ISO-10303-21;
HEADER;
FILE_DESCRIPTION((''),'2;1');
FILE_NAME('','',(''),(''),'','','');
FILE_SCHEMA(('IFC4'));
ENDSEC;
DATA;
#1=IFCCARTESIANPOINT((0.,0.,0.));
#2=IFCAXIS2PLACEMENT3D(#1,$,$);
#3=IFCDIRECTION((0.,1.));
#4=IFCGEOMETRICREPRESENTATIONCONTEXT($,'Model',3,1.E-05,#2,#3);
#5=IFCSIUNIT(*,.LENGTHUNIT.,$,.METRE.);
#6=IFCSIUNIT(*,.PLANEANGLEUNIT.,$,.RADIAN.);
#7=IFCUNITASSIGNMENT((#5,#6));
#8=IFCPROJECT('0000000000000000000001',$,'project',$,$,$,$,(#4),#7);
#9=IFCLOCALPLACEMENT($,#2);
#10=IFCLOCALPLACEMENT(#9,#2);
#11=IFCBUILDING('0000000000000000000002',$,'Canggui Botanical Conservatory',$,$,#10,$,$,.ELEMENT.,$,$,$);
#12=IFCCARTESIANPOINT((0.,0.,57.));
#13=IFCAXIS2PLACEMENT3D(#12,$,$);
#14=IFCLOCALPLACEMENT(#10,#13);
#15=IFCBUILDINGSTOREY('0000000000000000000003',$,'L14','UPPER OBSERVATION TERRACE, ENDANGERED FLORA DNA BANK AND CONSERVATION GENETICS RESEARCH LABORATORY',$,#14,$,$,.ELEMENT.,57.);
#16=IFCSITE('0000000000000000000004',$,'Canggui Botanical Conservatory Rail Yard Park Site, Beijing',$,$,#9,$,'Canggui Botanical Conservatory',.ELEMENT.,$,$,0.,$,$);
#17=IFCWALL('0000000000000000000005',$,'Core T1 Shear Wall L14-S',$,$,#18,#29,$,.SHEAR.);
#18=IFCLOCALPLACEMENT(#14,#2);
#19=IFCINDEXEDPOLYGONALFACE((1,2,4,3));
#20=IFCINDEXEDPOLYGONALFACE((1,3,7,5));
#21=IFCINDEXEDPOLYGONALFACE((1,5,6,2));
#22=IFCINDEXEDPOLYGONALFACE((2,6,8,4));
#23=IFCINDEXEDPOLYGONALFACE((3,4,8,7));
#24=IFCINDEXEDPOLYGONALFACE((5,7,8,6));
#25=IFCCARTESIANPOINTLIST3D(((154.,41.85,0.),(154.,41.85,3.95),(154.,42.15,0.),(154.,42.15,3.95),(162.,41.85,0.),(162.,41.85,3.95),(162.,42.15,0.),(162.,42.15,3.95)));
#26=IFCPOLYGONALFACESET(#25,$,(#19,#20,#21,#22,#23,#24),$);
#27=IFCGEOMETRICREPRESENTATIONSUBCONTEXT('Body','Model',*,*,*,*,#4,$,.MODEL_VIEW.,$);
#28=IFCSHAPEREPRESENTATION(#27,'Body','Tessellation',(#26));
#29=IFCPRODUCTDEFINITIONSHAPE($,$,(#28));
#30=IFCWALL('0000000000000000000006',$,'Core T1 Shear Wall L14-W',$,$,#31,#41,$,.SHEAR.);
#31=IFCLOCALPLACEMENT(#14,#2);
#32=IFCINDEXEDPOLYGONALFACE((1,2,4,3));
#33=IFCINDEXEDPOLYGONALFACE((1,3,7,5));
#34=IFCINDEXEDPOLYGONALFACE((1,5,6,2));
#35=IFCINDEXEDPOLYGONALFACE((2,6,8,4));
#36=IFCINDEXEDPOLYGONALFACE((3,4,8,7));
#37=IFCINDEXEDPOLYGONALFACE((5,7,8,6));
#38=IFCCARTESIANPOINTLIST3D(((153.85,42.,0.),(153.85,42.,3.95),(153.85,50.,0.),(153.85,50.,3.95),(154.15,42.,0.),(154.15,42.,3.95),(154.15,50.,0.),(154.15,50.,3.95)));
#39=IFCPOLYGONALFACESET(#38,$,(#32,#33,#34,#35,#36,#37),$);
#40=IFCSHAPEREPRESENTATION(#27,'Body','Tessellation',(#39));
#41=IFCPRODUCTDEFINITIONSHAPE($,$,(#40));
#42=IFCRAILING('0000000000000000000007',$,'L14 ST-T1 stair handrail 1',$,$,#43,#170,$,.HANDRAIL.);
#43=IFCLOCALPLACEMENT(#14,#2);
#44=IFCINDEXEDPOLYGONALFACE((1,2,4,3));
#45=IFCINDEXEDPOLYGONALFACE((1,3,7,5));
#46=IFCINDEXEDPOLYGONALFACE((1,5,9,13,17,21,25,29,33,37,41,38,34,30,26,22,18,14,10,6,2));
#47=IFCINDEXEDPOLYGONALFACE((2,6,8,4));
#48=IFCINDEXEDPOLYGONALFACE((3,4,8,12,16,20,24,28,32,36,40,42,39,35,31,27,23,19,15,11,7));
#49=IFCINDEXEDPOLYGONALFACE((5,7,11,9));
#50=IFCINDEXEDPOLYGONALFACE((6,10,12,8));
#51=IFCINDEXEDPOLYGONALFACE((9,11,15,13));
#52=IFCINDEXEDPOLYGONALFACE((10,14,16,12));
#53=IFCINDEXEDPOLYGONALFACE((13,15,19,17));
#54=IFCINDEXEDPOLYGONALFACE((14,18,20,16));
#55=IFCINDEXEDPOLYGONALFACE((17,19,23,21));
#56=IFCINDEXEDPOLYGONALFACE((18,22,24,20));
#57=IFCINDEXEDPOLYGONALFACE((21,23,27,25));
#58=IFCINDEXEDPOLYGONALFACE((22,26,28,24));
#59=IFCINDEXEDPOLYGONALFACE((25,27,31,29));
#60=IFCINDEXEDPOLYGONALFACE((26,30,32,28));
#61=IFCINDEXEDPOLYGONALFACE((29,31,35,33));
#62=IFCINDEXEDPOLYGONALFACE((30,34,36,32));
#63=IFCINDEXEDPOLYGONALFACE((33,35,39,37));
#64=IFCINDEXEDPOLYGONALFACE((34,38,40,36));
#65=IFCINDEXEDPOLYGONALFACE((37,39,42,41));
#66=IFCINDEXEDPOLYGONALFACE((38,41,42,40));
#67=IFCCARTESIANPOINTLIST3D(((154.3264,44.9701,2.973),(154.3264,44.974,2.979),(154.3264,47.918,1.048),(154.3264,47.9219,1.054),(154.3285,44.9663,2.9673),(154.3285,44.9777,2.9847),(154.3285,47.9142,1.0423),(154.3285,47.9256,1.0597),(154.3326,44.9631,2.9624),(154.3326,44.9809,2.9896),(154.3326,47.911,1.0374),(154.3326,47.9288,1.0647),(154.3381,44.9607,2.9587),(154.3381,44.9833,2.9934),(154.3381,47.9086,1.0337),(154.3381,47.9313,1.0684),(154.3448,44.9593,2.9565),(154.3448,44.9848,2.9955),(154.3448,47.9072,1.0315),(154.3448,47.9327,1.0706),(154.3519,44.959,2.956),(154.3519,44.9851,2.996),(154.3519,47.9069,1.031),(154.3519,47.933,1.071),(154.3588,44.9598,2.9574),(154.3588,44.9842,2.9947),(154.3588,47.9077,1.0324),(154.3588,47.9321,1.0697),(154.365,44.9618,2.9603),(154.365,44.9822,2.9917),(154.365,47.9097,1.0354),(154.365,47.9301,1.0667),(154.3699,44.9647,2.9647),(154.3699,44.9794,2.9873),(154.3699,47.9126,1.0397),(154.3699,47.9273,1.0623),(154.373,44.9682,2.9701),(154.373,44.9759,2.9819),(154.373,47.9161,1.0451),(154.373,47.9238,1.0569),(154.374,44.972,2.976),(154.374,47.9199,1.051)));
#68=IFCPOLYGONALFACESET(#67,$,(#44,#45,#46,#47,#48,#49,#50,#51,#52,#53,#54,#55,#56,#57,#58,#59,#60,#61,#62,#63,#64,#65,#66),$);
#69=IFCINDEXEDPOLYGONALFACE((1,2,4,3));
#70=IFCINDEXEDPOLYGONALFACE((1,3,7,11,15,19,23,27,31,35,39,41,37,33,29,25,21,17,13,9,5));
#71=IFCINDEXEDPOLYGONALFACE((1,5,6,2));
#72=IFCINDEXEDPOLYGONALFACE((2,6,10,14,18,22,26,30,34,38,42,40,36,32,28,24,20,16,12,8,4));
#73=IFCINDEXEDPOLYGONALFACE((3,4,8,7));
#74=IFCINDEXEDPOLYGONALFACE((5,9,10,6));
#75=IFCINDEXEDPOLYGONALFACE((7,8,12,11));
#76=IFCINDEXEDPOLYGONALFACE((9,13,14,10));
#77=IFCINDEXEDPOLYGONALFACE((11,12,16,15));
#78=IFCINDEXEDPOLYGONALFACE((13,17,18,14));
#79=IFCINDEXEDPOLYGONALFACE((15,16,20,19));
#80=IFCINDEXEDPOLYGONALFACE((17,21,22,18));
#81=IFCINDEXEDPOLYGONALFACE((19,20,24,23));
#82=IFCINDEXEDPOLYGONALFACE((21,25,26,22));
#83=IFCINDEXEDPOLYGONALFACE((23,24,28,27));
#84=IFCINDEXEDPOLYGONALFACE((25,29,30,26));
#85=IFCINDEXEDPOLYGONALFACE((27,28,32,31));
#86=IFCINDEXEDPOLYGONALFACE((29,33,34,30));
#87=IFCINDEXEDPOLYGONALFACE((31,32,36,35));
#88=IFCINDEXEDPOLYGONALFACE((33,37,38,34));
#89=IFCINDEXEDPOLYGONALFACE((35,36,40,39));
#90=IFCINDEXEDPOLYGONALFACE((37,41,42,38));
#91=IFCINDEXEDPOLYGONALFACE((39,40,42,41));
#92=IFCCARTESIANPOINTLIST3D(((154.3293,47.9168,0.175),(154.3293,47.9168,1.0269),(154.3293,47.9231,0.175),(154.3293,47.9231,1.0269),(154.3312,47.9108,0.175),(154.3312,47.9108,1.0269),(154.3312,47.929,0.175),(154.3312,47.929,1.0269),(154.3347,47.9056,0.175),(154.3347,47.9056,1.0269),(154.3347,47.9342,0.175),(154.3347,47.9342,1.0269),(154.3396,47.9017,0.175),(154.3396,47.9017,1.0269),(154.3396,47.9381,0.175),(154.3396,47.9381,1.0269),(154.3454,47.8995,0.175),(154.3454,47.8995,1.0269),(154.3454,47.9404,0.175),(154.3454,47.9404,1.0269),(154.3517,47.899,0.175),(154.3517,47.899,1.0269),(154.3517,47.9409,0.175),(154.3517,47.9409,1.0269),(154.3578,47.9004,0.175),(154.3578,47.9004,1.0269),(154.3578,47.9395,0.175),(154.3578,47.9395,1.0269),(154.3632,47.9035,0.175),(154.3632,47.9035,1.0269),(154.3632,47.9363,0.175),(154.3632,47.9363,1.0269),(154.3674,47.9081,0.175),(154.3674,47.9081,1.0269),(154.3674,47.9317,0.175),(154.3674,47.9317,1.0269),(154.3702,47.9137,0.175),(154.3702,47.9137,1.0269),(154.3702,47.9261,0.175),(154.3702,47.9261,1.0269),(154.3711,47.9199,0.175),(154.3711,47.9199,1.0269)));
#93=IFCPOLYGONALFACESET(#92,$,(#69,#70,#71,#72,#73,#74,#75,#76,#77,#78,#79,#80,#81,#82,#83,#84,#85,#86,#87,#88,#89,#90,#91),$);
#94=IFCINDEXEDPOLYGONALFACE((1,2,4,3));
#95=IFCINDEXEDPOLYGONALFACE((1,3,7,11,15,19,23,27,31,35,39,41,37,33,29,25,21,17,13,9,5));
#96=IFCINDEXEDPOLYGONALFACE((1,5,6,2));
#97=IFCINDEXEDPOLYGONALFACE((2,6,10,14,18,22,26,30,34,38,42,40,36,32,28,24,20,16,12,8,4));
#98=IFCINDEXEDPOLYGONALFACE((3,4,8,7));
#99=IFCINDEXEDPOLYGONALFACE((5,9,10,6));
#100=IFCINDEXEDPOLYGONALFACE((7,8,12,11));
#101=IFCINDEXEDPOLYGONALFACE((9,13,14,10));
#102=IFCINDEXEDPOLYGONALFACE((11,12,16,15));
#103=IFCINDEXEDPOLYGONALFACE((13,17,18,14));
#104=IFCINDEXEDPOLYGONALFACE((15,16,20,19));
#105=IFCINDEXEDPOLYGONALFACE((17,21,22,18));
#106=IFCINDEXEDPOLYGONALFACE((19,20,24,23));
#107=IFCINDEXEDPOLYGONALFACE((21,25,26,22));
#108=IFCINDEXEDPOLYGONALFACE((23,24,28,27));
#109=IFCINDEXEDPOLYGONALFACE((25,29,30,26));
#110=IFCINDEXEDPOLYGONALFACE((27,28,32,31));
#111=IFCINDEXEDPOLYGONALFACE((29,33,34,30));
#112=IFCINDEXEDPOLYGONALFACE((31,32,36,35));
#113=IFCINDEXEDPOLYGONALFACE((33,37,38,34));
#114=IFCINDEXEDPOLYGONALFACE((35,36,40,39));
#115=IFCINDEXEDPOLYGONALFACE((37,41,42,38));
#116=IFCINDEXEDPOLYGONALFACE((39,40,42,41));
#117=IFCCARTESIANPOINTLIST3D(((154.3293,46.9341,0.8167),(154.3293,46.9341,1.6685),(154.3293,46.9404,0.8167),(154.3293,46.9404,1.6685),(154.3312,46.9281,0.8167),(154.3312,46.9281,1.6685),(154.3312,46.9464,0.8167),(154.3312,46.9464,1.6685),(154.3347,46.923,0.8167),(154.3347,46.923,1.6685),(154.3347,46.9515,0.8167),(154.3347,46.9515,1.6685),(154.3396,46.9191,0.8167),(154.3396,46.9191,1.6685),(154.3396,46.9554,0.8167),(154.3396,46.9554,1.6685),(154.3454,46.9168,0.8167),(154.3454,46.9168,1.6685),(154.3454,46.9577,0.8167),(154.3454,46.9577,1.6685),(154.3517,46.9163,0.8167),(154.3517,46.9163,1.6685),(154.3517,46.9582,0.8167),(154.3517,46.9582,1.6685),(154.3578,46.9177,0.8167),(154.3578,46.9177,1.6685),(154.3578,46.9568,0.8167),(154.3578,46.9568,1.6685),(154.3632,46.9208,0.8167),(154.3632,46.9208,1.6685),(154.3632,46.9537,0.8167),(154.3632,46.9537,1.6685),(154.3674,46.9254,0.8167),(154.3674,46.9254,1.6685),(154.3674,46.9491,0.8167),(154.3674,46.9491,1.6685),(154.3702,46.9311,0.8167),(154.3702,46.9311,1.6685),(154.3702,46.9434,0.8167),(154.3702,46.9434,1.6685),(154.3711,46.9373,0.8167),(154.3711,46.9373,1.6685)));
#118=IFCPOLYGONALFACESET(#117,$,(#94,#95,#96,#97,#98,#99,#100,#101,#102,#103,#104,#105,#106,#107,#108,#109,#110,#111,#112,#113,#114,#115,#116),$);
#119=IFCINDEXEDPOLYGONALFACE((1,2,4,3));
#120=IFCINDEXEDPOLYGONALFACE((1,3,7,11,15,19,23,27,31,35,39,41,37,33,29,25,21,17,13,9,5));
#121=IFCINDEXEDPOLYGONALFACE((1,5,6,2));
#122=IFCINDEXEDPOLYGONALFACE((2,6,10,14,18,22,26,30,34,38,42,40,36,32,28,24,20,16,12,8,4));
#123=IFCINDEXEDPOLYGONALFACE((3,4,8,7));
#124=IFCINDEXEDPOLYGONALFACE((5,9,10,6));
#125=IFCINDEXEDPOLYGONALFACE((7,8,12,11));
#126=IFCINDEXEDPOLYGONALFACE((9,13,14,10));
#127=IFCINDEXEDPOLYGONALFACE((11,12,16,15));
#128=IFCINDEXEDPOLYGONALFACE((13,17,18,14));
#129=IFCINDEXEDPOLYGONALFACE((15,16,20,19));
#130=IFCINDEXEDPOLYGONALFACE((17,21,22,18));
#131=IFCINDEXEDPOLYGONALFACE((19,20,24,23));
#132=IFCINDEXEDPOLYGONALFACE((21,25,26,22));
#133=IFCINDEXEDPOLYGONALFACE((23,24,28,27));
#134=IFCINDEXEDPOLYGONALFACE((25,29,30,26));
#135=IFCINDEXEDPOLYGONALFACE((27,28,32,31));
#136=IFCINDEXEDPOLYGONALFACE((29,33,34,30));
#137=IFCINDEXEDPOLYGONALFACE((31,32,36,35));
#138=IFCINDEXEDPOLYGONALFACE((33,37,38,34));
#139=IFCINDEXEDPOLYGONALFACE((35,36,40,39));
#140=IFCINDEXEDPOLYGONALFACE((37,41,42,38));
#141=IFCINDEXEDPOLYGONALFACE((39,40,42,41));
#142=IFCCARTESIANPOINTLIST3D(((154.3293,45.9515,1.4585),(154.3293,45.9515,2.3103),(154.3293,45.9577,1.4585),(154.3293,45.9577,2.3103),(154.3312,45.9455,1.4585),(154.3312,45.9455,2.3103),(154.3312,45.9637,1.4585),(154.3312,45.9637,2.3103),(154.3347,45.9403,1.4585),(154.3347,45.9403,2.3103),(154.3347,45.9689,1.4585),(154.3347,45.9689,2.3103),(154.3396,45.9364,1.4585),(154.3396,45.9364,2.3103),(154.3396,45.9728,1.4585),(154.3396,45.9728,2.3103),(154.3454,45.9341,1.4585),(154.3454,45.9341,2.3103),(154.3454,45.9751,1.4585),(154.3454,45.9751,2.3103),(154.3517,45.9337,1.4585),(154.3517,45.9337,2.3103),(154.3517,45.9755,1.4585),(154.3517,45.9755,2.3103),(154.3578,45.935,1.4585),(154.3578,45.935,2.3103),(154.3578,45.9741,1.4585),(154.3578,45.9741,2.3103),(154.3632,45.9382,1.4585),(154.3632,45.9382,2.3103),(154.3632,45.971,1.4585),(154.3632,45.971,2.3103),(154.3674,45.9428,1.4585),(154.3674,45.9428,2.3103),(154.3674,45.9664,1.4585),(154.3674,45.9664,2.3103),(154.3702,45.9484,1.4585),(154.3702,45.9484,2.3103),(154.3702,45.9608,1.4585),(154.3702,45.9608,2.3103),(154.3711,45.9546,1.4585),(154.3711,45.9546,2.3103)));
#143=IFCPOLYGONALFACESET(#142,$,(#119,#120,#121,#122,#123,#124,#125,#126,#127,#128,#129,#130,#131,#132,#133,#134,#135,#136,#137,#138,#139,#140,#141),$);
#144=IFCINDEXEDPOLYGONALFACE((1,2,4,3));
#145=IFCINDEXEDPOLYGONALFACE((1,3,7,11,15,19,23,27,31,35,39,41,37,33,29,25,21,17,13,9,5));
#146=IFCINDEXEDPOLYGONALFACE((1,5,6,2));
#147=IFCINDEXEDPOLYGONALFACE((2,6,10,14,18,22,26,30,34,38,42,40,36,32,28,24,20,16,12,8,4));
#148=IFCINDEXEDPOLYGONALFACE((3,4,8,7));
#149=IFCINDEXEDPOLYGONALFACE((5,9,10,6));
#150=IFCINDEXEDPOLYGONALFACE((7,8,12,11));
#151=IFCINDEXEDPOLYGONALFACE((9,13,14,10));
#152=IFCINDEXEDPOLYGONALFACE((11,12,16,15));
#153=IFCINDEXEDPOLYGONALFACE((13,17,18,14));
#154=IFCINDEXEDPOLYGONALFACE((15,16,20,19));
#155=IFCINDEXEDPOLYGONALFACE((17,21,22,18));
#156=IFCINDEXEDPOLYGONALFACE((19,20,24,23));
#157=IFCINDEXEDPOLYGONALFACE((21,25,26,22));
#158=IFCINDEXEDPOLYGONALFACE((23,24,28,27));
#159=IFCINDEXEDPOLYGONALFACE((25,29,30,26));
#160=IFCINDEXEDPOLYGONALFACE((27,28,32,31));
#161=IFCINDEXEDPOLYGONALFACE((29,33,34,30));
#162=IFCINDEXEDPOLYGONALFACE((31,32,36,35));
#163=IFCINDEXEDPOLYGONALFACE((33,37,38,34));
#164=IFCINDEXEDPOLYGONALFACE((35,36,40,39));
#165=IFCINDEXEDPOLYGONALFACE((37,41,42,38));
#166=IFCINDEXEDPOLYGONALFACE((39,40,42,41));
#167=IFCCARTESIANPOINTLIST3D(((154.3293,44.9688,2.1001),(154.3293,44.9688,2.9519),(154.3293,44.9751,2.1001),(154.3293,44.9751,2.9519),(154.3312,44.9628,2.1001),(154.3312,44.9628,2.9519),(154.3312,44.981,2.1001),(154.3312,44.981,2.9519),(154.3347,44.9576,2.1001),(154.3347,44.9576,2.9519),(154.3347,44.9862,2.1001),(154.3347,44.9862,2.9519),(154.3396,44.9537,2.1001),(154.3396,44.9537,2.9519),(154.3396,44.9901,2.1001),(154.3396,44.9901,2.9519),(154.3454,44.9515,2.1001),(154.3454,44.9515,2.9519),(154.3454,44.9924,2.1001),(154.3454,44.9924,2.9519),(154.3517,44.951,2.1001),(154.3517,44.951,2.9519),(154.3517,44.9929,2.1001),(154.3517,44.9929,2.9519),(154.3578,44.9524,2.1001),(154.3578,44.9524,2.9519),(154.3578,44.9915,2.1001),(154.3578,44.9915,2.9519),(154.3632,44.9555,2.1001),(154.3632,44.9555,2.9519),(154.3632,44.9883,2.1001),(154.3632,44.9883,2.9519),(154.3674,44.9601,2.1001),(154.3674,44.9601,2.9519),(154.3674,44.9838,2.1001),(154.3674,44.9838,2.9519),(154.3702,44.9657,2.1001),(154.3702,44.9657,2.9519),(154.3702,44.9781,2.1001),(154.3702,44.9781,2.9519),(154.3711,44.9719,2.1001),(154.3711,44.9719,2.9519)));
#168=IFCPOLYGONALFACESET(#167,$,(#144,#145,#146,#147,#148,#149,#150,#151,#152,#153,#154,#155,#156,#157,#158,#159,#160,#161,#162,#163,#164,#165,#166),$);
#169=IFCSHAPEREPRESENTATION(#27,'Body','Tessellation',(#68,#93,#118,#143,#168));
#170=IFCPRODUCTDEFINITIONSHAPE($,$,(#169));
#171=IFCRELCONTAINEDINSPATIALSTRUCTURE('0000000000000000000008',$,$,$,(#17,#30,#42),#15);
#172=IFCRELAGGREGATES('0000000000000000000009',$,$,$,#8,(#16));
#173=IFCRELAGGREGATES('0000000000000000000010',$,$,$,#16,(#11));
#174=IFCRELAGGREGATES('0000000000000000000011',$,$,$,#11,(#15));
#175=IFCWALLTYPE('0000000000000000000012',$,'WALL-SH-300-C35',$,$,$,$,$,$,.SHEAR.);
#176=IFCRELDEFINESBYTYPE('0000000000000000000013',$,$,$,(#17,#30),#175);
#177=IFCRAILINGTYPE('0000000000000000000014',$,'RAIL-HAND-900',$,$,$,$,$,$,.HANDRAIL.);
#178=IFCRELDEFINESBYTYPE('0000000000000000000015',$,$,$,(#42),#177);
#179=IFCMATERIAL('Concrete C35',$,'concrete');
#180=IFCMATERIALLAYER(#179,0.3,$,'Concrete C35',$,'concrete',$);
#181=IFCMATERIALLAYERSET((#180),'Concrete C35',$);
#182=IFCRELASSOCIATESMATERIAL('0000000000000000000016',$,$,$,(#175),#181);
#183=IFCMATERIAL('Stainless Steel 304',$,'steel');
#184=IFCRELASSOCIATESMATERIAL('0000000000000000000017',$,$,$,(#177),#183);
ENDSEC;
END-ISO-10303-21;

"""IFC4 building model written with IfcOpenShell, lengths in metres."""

from ifc_helpers import new_model, si_unit, direction, frame, frame_2d, origin, origin_2d, place, context, subcontext, project, spatial, rectangle, circle, extrude, material, layer, layer_set, type_object, element, save


model = new_model("IFC4")

# Units and contexts
model_context = context("Model", 3, precision=1e-05, world=origin(), true_north=direction((0.0, 1.0)))
body_context = subcontext(model_context, "Body", "Model", "MODEL_VIEW")
ifc_project = project(units=[si_unit("LENGTHUNIT", "METRE"), si_unit("PLANEANGLEUNIT", "RADIAN")], contexts=[model_context])

# Site, building, storey
site_placement = place(None, origin())
site = spatial("IfcSite", under=ifc_project, at=site_placement, Name="Canggui Botanical Conservatory Rail Yard Park Site, Beijing", LongName="Canggui Botanical Conservatory", CompositionType="ELEMENT", RefElevation=0.0)
building_placement = place(site_placement, origin())
building = spatial("IfcBuilding", under=site, at=building_placement, Name="Canggui Botanical Conservatory", CompositionType="ELEMENT")
storey_placement = place(building_placement, frame((0.0, 0.0, 57.0)))
storey = spatial("IfcBuildingStorey", under=building, at=storey_placement, Name="L14", Description="UPPER OBSERVATION TERRACE, ENDANGERED FLORA DNA BANK AND CONSERVATION GENETICS RESEARCH LABORATORY", CompositionType="ELEMENT", Elevation=57.0)

# Shared definitions
ifc_material_1 = material(Name="Concrete C35", Category="concrete")

# Walls
ifc_layer_1 = layer(ifc_material_1, 0.3, Name="Concrete C35", Category="concrete")
ifc_layer_set_1 = layer_set([ifc_layer_1], Name="Concrete C35")
wall_type_1 = type_object("IfcWallType", Name="WALL-SH-300-C35", PredefinedType="SHEAR", material=ifc_layer_set_1)
for number, where, z_axis, x_axis, name in (
    (1, (154.0, 42.0, 0.0), (0.0, 0.0, 1.0), (1.0, 0.0, 0.0), "Core T1 Shear Wall L14-S"),
    (2, (154.0, 50.0, 0.0), (0.0, 0.0, 1.0), (0.0, -1.0, 0.0), "Core T1 Shear Wall L14-W"),
):
    element("IfcWall", number, at=place(storey_placement, frame(where, z_axis=z_axis, x_axis=x_axis)), inside=storey, type_object=wall_type_1, Name=name, PredefinedType="SHEAR", context=body_context, shape_type="SweptSolid", body=[
        extrude(rectangle(XDim=8.0, YDim=0.3, at=frame_2d((4.0, 0.0))), origin(), (0.0, 0.0, 1.0), 3.95),
    ])

# Railing
ifc_material_2 = material(Name="Stainless Steel 304", Category="steel")
railing_type_1 = type_object("IfcRailingType", Name="RAIL-HAND-900", PredefinedType="HANDRAIL", material=ifc_material_2)
railing_1_placement = place(storey_placement, frame((154.3501, 47.9199, 0.175)))
element("IfcRailing", 3, at=railing_1_placement, inside=storey, type_object=railing_type_1, Name="L14 ST-T1 stair handrail 1", PredefinedType="HANDRAIL", context=body_context, shape_type="SweptSolid", body=[
    extrude(circle(Radius=0.0239, at=origin_2d()), frame((0.0, 0.0, 0.876), z_axis=(0.0, -0.837293, 0.546754), x_axis=(1.0, 0.0, 0.0)), (0.0, 0.0, 1.0), 3.5208),
    extrude(circle(Radius=0.021, at=origin_2d()), origin(), (0.0, 0.0, 1.0), 0.8518),
    extrude(circle(Radius=0.021, at=origin_2d()), frame((0.0, -0.9827, 0.6416)), (0.0, 0.0, 1.0), 0.8518),
    extrude(circle(Radius=0.021, at=origin_2d()), frame((0.0, -1.9653, 1.2834)), (0.0, 0.0, 1.0), 0.8518),
    extrude(circle(Radius=0.021, at=origin_2d()), frame((0.0, -2.948, 1.925)), (0.0, 0.0, 1.0), 0.8518),
])

save(model, "model.ifc")
